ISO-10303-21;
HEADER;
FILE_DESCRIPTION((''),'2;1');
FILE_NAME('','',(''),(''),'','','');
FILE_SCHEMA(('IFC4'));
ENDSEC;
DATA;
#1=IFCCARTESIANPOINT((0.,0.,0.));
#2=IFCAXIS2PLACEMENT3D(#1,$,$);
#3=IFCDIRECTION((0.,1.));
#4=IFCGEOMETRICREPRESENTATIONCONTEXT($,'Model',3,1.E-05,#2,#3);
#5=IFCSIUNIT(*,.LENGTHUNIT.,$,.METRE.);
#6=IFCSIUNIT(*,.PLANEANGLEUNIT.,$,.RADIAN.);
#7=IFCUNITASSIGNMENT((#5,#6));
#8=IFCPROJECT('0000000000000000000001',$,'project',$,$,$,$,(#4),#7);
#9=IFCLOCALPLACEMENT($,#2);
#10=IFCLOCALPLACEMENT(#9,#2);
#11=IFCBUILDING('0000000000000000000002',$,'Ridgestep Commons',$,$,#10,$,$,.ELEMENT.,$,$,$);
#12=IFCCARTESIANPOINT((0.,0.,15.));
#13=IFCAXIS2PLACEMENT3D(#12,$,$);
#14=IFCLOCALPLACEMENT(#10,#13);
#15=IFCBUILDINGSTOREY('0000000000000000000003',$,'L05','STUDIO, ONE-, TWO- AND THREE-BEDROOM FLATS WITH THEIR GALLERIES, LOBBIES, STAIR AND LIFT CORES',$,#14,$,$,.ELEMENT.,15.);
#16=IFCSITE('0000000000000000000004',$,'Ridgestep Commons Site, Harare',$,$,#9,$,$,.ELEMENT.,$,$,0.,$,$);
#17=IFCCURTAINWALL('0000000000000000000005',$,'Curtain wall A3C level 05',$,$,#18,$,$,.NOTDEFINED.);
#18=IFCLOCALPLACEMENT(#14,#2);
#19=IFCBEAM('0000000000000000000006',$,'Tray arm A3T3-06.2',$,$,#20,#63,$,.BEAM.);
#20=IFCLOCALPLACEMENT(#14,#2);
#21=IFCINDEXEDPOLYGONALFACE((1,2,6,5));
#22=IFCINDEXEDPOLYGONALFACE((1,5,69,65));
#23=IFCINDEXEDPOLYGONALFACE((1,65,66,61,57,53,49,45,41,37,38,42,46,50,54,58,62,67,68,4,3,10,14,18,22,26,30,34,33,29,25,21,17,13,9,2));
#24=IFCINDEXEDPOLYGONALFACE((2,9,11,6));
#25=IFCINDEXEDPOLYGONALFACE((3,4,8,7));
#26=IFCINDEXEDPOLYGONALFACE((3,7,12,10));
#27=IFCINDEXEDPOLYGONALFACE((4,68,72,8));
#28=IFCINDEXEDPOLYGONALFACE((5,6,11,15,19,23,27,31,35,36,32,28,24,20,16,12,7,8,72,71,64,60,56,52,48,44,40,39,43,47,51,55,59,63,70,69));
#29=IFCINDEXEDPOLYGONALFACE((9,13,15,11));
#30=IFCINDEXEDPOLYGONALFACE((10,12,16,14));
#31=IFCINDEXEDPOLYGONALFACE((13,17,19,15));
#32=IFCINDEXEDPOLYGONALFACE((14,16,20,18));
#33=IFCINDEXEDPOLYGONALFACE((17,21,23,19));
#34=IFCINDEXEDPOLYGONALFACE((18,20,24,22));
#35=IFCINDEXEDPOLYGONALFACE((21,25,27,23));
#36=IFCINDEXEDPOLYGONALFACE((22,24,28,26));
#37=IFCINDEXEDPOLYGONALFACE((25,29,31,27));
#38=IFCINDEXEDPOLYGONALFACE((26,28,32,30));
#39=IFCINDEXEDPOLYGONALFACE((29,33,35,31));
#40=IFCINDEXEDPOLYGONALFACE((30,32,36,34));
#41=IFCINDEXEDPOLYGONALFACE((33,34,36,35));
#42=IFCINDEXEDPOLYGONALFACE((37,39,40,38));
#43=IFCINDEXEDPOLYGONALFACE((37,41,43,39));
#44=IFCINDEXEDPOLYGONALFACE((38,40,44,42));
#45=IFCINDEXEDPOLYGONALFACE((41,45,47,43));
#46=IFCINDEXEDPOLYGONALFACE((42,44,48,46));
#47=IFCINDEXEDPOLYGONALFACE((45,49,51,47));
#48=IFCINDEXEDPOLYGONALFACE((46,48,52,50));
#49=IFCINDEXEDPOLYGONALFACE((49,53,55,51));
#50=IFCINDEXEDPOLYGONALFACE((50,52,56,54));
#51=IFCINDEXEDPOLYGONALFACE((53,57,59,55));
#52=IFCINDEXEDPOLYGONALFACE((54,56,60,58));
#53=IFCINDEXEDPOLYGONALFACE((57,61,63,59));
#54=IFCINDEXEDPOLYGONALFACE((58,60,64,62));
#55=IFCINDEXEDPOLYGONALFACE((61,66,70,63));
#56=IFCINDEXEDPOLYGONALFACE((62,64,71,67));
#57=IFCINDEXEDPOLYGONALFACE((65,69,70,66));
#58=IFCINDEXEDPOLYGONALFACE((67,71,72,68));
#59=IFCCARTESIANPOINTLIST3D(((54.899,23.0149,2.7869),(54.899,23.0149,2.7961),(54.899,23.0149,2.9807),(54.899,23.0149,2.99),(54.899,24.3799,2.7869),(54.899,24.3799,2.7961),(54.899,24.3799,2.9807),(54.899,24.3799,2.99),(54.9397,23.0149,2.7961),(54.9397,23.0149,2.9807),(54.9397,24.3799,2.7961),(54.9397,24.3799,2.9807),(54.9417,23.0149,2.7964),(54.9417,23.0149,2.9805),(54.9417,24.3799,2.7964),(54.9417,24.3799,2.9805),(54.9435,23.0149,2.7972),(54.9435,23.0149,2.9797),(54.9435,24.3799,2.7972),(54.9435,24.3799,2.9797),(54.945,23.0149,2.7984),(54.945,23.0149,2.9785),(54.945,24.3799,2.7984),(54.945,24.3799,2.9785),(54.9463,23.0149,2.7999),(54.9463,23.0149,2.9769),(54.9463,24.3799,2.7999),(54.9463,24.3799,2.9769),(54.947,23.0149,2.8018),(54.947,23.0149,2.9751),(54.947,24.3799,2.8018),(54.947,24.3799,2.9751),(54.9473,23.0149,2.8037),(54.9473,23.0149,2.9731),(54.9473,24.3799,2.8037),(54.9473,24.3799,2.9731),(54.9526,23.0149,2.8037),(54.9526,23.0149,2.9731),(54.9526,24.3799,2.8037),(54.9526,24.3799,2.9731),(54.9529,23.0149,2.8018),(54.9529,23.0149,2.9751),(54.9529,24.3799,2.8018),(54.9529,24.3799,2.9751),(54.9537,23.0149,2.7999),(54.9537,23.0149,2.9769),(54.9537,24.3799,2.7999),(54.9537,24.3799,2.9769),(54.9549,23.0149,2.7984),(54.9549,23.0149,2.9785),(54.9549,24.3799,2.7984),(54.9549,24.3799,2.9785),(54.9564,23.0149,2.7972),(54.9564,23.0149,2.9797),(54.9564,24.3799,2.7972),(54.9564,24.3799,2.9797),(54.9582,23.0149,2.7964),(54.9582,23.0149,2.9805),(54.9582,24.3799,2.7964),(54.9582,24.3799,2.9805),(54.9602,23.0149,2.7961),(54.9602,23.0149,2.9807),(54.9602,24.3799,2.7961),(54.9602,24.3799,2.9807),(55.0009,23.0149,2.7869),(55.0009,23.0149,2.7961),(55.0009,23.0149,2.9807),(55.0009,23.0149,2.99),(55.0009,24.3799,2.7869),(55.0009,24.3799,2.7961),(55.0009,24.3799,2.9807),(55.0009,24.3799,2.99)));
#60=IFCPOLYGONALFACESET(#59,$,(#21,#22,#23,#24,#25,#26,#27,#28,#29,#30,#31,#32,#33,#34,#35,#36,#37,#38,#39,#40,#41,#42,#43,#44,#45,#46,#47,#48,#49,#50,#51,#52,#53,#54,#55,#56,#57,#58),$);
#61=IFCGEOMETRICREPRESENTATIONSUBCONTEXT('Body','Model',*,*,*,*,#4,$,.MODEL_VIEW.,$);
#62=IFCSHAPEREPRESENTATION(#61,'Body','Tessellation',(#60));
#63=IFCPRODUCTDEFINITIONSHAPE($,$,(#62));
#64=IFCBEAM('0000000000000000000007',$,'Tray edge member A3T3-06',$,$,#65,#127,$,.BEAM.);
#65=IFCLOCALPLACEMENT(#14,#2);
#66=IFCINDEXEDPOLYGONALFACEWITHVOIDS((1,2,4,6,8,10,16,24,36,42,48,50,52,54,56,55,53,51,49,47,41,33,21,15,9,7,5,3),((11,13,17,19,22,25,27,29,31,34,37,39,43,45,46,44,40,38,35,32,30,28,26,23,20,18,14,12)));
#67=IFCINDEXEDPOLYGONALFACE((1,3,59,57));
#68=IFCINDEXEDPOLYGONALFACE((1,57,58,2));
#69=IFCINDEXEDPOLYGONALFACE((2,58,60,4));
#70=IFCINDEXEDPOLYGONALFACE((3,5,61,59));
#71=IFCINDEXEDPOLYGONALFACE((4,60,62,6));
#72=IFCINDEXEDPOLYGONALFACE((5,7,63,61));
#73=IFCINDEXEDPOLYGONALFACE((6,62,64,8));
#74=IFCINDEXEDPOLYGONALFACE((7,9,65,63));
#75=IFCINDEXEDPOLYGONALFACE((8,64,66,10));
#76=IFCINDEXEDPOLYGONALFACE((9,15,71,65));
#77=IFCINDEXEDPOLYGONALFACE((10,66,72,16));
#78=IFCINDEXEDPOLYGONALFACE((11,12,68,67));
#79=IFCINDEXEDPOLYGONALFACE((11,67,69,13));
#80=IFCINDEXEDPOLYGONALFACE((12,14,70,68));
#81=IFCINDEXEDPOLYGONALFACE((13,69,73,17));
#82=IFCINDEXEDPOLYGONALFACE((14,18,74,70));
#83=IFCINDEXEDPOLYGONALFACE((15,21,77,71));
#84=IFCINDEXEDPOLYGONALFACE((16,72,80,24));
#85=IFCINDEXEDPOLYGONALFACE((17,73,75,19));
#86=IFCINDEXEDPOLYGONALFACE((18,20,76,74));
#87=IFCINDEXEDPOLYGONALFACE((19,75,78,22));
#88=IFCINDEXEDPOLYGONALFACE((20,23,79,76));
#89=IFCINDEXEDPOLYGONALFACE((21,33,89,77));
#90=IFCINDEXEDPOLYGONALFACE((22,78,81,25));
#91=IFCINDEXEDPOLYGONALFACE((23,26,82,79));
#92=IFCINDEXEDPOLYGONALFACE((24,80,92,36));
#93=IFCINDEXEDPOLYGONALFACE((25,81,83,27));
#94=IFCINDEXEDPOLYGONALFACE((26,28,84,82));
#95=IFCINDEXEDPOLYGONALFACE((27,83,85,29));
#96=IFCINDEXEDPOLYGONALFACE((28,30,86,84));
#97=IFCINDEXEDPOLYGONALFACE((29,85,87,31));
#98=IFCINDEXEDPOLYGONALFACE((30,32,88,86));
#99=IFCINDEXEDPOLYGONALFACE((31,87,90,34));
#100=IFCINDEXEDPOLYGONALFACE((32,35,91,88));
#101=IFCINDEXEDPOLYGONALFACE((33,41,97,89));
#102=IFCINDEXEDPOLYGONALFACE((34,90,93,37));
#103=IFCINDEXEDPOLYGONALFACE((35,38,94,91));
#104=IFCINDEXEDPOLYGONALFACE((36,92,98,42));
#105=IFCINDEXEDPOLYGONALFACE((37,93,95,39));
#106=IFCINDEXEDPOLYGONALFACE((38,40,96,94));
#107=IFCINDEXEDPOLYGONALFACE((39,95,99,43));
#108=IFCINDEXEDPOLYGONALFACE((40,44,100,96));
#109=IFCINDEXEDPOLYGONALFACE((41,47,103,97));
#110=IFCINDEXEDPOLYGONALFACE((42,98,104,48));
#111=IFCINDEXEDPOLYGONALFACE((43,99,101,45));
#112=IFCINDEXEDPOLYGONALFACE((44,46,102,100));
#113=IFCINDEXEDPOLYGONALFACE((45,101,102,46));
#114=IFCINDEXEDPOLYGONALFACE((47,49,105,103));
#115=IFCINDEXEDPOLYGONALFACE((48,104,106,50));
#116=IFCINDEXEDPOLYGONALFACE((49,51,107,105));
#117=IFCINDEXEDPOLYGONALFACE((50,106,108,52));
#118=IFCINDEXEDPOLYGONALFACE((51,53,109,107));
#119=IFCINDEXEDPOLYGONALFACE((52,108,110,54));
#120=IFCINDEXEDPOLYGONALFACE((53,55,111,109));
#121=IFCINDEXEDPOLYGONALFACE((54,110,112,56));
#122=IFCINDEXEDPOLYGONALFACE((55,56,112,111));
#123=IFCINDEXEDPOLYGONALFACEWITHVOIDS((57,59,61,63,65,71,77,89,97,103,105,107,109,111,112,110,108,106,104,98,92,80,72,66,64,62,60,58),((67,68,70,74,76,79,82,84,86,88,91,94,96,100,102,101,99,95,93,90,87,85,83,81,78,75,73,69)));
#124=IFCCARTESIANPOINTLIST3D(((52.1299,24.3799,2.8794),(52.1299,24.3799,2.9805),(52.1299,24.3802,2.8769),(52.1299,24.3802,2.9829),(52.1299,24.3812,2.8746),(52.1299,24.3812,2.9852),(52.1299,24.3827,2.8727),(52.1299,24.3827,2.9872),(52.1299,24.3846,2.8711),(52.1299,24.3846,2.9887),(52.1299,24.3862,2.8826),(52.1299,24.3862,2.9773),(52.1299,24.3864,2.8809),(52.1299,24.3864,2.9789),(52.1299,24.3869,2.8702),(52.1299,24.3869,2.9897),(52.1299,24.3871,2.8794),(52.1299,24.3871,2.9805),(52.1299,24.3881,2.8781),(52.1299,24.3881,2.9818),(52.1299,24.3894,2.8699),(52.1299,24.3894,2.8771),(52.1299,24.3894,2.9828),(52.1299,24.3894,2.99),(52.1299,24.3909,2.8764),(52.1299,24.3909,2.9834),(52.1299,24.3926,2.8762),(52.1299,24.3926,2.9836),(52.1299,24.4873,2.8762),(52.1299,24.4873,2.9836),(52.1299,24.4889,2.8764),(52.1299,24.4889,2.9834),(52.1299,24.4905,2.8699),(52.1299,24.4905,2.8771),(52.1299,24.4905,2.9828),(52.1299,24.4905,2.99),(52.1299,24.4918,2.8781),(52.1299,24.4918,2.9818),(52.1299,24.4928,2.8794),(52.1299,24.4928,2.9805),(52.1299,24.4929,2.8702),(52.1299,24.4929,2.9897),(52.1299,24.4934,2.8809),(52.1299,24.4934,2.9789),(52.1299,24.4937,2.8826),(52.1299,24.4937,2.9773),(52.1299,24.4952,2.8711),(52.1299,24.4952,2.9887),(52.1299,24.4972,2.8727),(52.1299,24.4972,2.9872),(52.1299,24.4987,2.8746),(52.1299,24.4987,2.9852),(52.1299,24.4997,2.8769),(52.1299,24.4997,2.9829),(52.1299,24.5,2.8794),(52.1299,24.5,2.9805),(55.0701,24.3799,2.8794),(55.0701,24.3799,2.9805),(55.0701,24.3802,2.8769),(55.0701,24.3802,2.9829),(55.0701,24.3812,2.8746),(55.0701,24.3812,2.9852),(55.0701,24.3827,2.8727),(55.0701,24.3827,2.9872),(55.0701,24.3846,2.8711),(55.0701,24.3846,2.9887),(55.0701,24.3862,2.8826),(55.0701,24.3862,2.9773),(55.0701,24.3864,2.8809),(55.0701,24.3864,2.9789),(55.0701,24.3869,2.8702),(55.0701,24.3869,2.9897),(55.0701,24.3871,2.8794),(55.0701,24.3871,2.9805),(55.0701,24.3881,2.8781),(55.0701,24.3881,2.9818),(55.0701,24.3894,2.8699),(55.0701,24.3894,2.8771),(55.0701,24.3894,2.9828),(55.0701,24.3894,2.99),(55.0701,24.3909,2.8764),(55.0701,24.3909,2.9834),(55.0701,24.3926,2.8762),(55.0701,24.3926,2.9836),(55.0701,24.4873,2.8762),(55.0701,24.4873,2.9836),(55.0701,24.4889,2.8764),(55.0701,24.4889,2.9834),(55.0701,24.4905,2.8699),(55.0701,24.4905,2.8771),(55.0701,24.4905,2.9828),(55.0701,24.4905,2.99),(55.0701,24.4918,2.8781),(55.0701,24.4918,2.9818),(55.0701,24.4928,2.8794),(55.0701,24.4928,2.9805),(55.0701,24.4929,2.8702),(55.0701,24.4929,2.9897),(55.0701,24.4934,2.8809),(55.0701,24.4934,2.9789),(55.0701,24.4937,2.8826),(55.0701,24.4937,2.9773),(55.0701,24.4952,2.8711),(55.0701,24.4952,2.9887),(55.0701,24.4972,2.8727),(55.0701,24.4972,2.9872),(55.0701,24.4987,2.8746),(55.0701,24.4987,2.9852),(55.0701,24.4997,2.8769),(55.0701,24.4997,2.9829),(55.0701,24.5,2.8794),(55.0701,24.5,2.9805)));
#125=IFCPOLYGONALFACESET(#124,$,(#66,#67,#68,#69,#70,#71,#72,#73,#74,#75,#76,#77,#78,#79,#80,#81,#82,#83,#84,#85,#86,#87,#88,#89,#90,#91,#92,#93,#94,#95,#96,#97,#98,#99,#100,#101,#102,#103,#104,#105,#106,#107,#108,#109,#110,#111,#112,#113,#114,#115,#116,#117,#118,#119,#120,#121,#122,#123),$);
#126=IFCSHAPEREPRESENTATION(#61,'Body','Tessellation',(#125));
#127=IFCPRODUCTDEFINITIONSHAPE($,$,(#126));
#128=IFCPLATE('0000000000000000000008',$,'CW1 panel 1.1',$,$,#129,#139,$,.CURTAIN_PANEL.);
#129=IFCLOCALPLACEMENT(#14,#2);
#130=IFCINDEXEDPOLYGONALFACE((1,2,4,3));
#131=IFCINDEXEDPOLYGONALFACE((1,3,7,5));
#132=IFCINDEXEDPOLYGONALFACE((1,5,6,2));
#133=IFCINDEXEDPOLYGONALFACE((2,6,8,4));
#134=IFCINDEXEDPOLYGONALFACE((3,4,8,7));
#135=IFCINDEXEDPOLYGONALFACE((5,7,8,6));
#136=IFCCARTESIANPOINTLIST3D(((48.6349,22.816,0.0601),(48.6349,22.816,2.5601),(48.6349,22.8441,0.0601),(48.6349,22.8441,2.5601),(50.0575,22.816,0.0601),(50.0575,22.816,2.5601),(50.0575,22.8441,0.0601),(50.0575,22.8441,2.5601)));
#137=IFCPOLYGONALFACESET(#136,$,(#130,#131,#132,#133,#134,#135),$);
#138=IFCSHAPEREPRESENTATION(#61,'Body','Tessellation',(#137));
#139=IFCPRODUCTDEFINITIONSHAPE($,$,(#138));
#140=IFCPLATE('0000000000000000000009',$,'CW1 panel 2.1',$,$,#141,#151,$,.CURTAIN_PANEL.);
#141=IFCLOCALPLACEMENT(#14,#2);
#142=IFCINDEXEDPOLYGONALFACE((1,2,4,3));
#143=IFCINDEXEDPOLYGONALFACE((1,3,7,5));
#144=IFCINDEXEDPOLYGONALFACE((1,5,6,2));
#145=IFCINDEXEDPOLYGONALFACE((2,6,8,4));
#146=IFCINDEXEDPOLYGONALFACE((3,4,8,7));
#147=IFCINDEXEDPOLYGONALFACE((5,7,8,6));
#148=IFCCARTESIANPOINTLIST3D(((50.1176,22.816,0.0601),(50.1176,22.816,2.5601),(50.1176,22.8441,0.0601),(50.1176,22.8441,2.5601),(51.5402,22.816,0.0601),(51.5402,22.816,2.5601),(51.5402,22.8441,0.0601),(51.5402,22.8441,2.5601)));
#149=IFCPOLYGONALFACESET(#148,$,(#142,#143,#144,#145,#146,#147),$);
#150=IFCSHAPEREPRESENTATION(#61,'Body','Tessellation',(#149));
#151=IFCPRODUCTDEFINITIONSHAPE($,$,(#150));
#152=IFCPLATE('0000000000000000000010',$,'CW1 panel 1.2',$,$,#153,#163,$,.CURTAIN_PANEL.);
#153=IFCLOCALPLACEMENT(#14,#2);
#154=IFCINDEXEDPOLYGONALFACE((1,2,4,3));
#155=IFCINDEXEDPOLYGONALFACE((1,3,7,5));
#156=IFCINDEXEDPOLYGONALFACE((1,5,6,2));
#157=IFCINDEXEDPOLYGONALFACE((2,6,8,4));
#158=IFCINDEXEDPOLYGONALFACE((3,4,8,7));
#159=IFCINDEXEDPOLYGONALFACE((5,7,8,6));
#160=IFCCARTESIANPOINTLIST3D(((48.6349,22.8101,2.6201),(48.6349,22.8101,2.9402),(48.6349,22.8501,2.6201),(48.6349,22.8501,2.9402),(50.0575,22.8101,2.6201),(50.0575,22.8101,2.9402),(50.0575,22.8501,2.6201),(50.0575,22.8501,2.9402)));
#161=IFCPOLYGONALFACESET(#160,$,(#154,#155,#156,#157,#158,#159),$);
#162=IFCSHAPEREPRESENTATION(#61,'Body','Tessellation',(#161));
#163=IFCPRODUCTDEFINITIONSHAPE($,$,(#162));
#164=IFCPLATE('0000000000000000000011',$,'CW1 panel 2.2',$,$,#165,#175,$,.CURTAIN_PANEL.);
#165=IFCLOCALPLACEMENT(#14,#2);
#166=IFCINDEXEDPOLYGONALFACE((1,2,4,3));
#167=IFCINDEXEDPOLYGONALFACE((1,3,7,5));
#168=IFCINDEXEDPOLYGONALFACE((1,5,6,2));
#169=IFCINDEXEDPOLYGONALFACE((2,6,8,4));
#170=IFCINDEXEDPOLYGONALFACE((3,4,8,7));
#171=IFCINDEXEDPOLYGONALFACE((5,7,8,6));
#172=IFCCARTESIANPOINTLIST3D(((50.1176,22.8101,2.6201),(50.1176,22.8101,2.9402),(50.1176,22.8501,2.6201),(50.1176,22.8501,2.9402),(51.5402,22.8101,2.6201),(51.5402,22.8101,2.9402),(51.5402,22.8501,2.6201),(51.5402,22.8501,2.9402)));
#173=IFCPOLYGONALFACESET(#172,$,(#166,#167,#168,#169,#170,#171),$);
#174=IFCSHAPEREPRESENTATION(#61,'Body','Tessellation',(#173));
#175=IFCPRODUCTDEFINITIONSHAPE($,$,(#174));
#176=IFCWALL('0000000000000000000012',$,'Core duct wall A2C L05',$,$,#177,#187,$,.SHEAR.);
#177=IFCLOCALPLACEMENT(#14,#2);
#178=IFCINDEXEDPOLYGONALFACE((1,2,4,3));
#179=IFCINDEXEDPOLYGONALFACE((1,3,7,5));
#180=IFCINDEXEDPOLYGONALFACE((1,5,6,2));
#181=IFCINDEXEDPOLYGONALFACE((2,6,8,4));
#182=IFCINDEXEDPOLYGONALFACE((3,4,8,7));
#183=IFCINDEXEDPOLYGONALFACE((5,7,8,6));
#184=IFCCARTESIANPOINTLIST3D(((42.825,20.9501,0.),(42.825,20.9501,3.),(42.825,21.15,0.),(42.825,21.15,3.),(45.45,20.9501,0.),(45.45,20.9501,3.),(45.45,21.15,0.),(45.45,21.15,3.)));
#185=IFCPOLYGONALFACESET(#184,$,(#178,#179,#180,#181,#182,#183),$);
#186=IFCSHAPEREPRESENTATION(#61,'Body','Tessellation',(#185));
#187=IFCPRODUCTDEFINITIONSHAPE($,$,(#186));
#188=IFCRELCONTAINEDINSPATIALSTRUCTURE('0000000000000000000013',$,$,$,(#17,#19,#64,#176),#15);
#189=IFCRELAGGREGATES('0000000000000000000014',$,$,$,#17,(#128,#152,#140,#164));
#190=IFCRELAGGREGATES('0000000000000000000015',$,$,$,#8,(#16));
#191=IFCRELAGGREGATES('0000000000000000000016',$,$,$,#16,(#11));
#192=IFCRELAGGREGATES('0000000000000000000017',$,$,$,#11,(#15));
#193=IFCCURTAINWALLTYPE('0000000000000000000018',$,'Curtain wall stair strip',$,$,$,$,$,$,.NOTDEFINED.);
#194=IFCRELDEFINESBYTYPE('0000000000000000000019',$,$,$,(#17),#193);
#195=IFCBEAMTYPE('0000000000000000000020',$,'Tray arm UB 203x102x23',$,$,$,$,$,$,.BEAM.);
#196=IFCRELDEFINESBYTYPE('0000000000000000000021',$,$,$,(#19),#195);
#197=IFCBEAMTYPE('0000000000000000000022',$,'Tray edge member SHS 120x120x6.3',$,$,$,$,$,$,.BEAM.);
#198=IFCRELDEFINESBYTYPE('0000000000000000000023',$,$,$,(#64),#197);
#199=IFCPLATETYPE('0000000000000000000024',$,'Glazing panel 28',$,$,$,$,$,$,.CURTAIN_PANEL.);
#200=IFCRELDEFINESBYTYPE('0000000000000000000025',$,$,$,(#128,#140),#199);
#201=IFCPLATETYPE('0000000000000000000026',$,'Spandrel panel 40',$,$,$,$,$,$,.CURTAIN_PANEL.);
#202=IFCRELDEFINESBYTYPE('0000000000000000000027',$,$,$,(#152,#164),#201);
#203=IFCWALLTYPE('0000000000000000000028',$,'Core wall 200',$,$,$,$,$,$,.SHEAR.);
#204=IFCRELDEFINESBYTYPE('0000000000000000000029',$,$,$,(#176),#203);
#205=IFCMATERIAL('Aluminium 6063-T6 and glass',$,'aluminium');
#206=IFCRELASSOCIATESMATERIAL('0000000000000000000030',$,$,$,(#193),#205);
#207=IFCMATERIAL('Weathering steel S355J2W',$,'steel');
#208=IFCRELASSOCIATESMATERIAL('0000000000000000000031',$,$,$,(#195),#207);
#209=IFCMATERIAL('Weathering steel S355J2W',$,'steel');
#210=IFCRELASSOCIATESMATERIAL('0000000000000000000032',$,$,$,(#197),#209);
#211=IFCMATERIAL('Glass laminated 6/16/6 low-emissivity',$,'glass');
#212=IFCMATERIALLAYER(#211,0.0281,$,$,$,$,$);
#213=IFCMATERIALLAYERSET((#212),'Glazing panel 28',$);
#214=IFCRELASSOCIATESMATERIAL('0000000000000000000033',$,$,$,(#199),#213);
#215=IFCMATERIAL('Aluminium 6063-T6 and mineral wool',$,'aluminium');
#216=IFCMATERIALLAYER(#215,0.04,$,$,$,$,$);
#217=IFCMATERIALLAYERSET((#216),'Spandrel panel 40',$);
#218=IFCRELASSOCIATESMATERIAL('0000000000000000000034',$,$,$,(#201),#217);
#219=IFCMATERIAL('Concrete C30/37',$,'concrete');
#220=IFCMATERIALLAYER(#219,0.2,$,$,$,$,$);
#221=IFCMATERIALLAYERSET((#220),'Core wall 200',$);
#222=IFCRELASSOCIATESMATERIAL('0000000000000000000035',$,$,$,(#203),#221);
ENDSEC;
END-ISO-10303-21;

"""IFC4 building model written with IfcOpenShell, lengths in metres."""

from ifc_helpers import new_model, si_unit, direction, frame, frame_2d, origin, origin_2d, place, context, subcontext, project, spatial, rectangle, hollow_rectangle, i_section, extrude, material, layer, layer_set, material_profile, profile_set, type_object, element, aggregate, save


model = new_model("IFC4")

# Units and contexts
model_context = context("Model", 3, precision=1e-05, world=origin(), true_north=direction((0.0, 1.0)))
body_context = subcontext(model_context, "Body", "Model", "MODEL_VIEW")
ifc_project = project(units=[si_unit("LENGTHUNIT", "METRE"), si_unit("PLANEANGLEUNIT", "RADIAN")], contexts=[model_context])

# Site, building, storey
site_placement = place(None, origin())
site = spatial("IfcSite", under=ifc_project, at=site_placement, Name="Ridgestep Commons Site, Harare", CompositionType="ELEMENT", RefElevation=0.0)
building_placement = place(site_placement, origin())
building = spatial("IfcBuilding", under=site, at=building_placement, Name="Ridgestep Commons", CompositionType="ELEMENT")
storey_placement = place(building_placement, frame((0.0, 0.0, 15.0)))
storey = spatial("IfcBuildingStorey", under=building, at=storey_placement, Name="L05", Description="STUDIO, ONE-, TWO- AND THREE-BEDROOM FLATS WITH THEIR GALLERIES, LOBBIES, STAIR AND LIFT CORES", CompositionType="ELEMENT", Elevation=15.0)

# Shared definitions
ifc_material_1 = material(Name="Aluminium 6063-T6 and glass", Category="aluminium")
curtain_wall_type = type_object("IfcCurtainWallType", Name="Curtain wall stair strip", PredefinedType="NOTDEFINED", material=ifc_material_1)

# Curtain wall
curtain_wall_1_placement = place(storey_placement, origin())
curtain_wall_1 = element("IfcCurtainWall", 1, at=curtain_wall_1_placement, inside=storey, type_object=curtain_wall_type, Name="Curtain wall A3C level 05", PredefinedType="NOTDEFINED")

# Beams
ifc_material_2 = material(Name="Weathering steel S355J2W", Category="steel")
ifc_material_profile_1 = material_profile(ifc_material_2, i_section(OverallWidth=0.1018, OverallDepth=0.2031, WebThickness=0.0054, FlangeThickness=0.0093, FilletRadius=0.0076, at=origin_2d()), Name="UB 203x102x23")
ifc_profile_set_1 = profile_set([ifc_material_profile_1], Name="Weathering steel S355J2W")
beam_type_1 = type_object("IfcBeamType", Name="Tray arm UB 203x102x23", PredefinedType="BEAM", material=ifc_profile_set_1)
for number, where, z_axis, x_axis, name in (
    (2, (54.95, 23.0149, 2.8884), (0.0, 1.0, 0.0), (-1.0, 0.0, 0.0), "Tray arm A3T3-06.2"),
):
    element("IfcBeam", number, at=place(storey_placement, frame(where, z_axis=z_axis, x_axis=x_axis)), inside=storey, type_object=beam_type_1, Name=name, PredefinedType="BEAM", context=body_context, shape_type="SweptSolid", body=[
        extrude(i_section(OverallWidth=0.1018, OverallDepth=0.2031, WebThickness=0.0054, FlangeThickness=0.0093, FilletRadius=0.0076, at=origin_2d()), origin(), (0.0, 0.0, 1.0), 1.365),
    ])
ifc_material_3 = material(Name="Weathering steel S355J2W", Category="steel")
ifc_material_profile_2 = material_profile(ifc_material_3, hollow_rectangle(XDim=0.1201, YDim=0.1201, WallThickness=0.0063, InnerFilletRadius=0.0063, OuterFilletRadius=0.0095, at=origin_2d()), Name="SHS 120x120x6.3")
ifc_profile_set_2 = profile_set([ifc_material_profile_2], Name="Weathering steel S355J2W")
beam_type_2 = type_object("IfcBeamType", Name="Tray edge member SHS 120x120x6.3", PredefinedType="BEAM", material=ifc_profile_set_2)
beam_placement = place(storey_placement, frame((52.1299, 24.4399, 2.9299), z_axis=(1.0, 0.0, 0.0), x_axis=(0.0, 0.0, 1.0)))
element("IfcBeam", 3, at=beam_placement, inside=storey, type_object=beam_type_2, Name="Tray edge member A3T3-06", PredefinedType="BEAM", context=body_context, shape_type="SweptSolid", body=[
    extrude(hollow_rectangle(XDim=0.1201, YDim=0.1201, WallThickness=0.0063, InnerFilletRadius=0.0063, OuterFilletRadius=0.0095, at=origin_2d()), origin(), (0.0, 0.0, 1.0), 2.9402),
])

# Plates
ifc_material_4 = material(Name="Glass laminated 6/16/6 low-emissivity", Category="glass")
ifc_layer_1 = layer(ifc_material_4, 0.0281)
ifc_layer_set_1 = layer_set([ifc_layer_1], Name="Glazing panel 28")
plate_type_1 = type_object("IfcPlateType", Name="Glazing panel 28", PredefinedType="CURTAIN_PANEL", material=ifc_layer_set_1)
plate_1_placement = place(storey_placement, frame((49.3462, 22.8301, 0.0601), z_axis=(0.0, 0.0, 1.0), x_axis=(1.0, 0.0, 0.0)))
plate_1 = element("IfcPlate", 4, at=plate_1_placement, type_object=plate_type_1, Name="CW1 panel 1.1", PredefinedType="CURTAIN_PANEL", context=body_context, shape_type="SweptSolid", body=[
    extrude(rectangle(XDim=1.4226, YDim=0.0281, at=origin_2d()), origin(), (0.0, 0.0, 1.0), 2.5),
])
plate_2_placement = place(storey_placement, frame((50.8289, 22.8301, 0.0601), z_axis=(0.0, 0.0, 1.0), x_axis=(1.0, 0.0, 0.0)))
plate_2 = element("IfcPlate", 5, at=plate_2_placement, type_object=plate_type_1, Name="CW1 panel 2.1", PredefinedType="CURTAIN_PANEL", context=body_context, shape_type="SweptSolid", body=[
    extrude(rectangle(XDim=1.4226, YDim=0.0281, at=origin_2d()), origin(), (0.0, 0.0, 1.0), 2.5),
])
ifc_material_5 = material(Name="Aluminium 6063-T6 and mineral wool", Category="aluminium")
ifc_layer_2 = layer(ifc_material_5, 0.04)
ifc_layer_set_2 = layer_set([ifc_layer_2], Name="Spandrel panel 40")
plate_type_2 = type_object("IfcPlateType", Name="Spandrel panel 40", PredefinedType="CURTAIN_PANEL", material=ifc_layer_set_2)
plate_3_placement = place(storey_placement, frame((49.3462, 22.8301, 2.6201), z_axis=(0.0, 0.0, 1.0), x_axis=(1.0, 0.0, 0.0)))
plate_3 = element("IfcPlate", 6, at=plate_3_placement, type_object=plate_type_2, Name="CW1 panel 1.2", PredefinedType="CURTAIN_PANEL", context=body_context, shape_type="SweptSolid", body=[
    extrude(rectangle(XDim=1.4226, YDim=0.04, at=origin_2d()), origin(), (0.0, 0.0, 1.0), 0.3201),
])
plate_4_placement = place(storey_placement, frame((50.8289, 22.8301, 2.6201), z_axis=(0.0, 0.0, 1.0), x_axis=(1.0, 0.0, 0.0)))
plate_4 = element("IfcPlate", 7, at=plate_4_placement, type_object=plate_type_2, Name="CW1 panel 2.2", PredefinedType="CURTAIN_PANEL", context=body_context, shape_type="SweptSolid", body=[
    extrude(rectangle(XDim=1.4226, YDim=0.04, at=origin_2d()), origin(), (0.0, 0.0, 1.0), 0.3201),
])
aggregate(curtain_wall_1, [plate_1, plate_3, plate_2, plate_4])

# Wall
ifc_material_6 = material(Name="Concrete C30/37", Category="concrete")
ifc_layer_3 = layer(ifc_material_6, 0.2)
ifc_layer_set_3 = layer_set([ifc_layer_3], Name="Core wall 200")
wall_type_1 = type_object("IfcWallType", Name="Core wall 200", PredefinedType="SHEAR", material=ifc_layer_set_3)
for number, where, z_axis, x_axis, name in (
    (8, (42.825, 21.05, 0.0), (0.0, 0.0, 1.0), (1.0, 0.0, 0.0), "Core duct wall A2C L05"),
):
    element("IfcWall", number, at=place(storey_placement, frame(where, z_axis=z_axis, x_axis=x_axis)), inside=storey, type_object=wall_type_1, Name=name, PredefinedType="SHEAR", context=body_context, shape_type="SweptSolid", body=[
        extrude(rectangle(XDim=2.625, YDim=0.2, at=frame_2d((1.3125, 0.0))), origin(), (0.0, 0.0, 1.0), 3.0),
    ])

save(model, "model.ifc")
